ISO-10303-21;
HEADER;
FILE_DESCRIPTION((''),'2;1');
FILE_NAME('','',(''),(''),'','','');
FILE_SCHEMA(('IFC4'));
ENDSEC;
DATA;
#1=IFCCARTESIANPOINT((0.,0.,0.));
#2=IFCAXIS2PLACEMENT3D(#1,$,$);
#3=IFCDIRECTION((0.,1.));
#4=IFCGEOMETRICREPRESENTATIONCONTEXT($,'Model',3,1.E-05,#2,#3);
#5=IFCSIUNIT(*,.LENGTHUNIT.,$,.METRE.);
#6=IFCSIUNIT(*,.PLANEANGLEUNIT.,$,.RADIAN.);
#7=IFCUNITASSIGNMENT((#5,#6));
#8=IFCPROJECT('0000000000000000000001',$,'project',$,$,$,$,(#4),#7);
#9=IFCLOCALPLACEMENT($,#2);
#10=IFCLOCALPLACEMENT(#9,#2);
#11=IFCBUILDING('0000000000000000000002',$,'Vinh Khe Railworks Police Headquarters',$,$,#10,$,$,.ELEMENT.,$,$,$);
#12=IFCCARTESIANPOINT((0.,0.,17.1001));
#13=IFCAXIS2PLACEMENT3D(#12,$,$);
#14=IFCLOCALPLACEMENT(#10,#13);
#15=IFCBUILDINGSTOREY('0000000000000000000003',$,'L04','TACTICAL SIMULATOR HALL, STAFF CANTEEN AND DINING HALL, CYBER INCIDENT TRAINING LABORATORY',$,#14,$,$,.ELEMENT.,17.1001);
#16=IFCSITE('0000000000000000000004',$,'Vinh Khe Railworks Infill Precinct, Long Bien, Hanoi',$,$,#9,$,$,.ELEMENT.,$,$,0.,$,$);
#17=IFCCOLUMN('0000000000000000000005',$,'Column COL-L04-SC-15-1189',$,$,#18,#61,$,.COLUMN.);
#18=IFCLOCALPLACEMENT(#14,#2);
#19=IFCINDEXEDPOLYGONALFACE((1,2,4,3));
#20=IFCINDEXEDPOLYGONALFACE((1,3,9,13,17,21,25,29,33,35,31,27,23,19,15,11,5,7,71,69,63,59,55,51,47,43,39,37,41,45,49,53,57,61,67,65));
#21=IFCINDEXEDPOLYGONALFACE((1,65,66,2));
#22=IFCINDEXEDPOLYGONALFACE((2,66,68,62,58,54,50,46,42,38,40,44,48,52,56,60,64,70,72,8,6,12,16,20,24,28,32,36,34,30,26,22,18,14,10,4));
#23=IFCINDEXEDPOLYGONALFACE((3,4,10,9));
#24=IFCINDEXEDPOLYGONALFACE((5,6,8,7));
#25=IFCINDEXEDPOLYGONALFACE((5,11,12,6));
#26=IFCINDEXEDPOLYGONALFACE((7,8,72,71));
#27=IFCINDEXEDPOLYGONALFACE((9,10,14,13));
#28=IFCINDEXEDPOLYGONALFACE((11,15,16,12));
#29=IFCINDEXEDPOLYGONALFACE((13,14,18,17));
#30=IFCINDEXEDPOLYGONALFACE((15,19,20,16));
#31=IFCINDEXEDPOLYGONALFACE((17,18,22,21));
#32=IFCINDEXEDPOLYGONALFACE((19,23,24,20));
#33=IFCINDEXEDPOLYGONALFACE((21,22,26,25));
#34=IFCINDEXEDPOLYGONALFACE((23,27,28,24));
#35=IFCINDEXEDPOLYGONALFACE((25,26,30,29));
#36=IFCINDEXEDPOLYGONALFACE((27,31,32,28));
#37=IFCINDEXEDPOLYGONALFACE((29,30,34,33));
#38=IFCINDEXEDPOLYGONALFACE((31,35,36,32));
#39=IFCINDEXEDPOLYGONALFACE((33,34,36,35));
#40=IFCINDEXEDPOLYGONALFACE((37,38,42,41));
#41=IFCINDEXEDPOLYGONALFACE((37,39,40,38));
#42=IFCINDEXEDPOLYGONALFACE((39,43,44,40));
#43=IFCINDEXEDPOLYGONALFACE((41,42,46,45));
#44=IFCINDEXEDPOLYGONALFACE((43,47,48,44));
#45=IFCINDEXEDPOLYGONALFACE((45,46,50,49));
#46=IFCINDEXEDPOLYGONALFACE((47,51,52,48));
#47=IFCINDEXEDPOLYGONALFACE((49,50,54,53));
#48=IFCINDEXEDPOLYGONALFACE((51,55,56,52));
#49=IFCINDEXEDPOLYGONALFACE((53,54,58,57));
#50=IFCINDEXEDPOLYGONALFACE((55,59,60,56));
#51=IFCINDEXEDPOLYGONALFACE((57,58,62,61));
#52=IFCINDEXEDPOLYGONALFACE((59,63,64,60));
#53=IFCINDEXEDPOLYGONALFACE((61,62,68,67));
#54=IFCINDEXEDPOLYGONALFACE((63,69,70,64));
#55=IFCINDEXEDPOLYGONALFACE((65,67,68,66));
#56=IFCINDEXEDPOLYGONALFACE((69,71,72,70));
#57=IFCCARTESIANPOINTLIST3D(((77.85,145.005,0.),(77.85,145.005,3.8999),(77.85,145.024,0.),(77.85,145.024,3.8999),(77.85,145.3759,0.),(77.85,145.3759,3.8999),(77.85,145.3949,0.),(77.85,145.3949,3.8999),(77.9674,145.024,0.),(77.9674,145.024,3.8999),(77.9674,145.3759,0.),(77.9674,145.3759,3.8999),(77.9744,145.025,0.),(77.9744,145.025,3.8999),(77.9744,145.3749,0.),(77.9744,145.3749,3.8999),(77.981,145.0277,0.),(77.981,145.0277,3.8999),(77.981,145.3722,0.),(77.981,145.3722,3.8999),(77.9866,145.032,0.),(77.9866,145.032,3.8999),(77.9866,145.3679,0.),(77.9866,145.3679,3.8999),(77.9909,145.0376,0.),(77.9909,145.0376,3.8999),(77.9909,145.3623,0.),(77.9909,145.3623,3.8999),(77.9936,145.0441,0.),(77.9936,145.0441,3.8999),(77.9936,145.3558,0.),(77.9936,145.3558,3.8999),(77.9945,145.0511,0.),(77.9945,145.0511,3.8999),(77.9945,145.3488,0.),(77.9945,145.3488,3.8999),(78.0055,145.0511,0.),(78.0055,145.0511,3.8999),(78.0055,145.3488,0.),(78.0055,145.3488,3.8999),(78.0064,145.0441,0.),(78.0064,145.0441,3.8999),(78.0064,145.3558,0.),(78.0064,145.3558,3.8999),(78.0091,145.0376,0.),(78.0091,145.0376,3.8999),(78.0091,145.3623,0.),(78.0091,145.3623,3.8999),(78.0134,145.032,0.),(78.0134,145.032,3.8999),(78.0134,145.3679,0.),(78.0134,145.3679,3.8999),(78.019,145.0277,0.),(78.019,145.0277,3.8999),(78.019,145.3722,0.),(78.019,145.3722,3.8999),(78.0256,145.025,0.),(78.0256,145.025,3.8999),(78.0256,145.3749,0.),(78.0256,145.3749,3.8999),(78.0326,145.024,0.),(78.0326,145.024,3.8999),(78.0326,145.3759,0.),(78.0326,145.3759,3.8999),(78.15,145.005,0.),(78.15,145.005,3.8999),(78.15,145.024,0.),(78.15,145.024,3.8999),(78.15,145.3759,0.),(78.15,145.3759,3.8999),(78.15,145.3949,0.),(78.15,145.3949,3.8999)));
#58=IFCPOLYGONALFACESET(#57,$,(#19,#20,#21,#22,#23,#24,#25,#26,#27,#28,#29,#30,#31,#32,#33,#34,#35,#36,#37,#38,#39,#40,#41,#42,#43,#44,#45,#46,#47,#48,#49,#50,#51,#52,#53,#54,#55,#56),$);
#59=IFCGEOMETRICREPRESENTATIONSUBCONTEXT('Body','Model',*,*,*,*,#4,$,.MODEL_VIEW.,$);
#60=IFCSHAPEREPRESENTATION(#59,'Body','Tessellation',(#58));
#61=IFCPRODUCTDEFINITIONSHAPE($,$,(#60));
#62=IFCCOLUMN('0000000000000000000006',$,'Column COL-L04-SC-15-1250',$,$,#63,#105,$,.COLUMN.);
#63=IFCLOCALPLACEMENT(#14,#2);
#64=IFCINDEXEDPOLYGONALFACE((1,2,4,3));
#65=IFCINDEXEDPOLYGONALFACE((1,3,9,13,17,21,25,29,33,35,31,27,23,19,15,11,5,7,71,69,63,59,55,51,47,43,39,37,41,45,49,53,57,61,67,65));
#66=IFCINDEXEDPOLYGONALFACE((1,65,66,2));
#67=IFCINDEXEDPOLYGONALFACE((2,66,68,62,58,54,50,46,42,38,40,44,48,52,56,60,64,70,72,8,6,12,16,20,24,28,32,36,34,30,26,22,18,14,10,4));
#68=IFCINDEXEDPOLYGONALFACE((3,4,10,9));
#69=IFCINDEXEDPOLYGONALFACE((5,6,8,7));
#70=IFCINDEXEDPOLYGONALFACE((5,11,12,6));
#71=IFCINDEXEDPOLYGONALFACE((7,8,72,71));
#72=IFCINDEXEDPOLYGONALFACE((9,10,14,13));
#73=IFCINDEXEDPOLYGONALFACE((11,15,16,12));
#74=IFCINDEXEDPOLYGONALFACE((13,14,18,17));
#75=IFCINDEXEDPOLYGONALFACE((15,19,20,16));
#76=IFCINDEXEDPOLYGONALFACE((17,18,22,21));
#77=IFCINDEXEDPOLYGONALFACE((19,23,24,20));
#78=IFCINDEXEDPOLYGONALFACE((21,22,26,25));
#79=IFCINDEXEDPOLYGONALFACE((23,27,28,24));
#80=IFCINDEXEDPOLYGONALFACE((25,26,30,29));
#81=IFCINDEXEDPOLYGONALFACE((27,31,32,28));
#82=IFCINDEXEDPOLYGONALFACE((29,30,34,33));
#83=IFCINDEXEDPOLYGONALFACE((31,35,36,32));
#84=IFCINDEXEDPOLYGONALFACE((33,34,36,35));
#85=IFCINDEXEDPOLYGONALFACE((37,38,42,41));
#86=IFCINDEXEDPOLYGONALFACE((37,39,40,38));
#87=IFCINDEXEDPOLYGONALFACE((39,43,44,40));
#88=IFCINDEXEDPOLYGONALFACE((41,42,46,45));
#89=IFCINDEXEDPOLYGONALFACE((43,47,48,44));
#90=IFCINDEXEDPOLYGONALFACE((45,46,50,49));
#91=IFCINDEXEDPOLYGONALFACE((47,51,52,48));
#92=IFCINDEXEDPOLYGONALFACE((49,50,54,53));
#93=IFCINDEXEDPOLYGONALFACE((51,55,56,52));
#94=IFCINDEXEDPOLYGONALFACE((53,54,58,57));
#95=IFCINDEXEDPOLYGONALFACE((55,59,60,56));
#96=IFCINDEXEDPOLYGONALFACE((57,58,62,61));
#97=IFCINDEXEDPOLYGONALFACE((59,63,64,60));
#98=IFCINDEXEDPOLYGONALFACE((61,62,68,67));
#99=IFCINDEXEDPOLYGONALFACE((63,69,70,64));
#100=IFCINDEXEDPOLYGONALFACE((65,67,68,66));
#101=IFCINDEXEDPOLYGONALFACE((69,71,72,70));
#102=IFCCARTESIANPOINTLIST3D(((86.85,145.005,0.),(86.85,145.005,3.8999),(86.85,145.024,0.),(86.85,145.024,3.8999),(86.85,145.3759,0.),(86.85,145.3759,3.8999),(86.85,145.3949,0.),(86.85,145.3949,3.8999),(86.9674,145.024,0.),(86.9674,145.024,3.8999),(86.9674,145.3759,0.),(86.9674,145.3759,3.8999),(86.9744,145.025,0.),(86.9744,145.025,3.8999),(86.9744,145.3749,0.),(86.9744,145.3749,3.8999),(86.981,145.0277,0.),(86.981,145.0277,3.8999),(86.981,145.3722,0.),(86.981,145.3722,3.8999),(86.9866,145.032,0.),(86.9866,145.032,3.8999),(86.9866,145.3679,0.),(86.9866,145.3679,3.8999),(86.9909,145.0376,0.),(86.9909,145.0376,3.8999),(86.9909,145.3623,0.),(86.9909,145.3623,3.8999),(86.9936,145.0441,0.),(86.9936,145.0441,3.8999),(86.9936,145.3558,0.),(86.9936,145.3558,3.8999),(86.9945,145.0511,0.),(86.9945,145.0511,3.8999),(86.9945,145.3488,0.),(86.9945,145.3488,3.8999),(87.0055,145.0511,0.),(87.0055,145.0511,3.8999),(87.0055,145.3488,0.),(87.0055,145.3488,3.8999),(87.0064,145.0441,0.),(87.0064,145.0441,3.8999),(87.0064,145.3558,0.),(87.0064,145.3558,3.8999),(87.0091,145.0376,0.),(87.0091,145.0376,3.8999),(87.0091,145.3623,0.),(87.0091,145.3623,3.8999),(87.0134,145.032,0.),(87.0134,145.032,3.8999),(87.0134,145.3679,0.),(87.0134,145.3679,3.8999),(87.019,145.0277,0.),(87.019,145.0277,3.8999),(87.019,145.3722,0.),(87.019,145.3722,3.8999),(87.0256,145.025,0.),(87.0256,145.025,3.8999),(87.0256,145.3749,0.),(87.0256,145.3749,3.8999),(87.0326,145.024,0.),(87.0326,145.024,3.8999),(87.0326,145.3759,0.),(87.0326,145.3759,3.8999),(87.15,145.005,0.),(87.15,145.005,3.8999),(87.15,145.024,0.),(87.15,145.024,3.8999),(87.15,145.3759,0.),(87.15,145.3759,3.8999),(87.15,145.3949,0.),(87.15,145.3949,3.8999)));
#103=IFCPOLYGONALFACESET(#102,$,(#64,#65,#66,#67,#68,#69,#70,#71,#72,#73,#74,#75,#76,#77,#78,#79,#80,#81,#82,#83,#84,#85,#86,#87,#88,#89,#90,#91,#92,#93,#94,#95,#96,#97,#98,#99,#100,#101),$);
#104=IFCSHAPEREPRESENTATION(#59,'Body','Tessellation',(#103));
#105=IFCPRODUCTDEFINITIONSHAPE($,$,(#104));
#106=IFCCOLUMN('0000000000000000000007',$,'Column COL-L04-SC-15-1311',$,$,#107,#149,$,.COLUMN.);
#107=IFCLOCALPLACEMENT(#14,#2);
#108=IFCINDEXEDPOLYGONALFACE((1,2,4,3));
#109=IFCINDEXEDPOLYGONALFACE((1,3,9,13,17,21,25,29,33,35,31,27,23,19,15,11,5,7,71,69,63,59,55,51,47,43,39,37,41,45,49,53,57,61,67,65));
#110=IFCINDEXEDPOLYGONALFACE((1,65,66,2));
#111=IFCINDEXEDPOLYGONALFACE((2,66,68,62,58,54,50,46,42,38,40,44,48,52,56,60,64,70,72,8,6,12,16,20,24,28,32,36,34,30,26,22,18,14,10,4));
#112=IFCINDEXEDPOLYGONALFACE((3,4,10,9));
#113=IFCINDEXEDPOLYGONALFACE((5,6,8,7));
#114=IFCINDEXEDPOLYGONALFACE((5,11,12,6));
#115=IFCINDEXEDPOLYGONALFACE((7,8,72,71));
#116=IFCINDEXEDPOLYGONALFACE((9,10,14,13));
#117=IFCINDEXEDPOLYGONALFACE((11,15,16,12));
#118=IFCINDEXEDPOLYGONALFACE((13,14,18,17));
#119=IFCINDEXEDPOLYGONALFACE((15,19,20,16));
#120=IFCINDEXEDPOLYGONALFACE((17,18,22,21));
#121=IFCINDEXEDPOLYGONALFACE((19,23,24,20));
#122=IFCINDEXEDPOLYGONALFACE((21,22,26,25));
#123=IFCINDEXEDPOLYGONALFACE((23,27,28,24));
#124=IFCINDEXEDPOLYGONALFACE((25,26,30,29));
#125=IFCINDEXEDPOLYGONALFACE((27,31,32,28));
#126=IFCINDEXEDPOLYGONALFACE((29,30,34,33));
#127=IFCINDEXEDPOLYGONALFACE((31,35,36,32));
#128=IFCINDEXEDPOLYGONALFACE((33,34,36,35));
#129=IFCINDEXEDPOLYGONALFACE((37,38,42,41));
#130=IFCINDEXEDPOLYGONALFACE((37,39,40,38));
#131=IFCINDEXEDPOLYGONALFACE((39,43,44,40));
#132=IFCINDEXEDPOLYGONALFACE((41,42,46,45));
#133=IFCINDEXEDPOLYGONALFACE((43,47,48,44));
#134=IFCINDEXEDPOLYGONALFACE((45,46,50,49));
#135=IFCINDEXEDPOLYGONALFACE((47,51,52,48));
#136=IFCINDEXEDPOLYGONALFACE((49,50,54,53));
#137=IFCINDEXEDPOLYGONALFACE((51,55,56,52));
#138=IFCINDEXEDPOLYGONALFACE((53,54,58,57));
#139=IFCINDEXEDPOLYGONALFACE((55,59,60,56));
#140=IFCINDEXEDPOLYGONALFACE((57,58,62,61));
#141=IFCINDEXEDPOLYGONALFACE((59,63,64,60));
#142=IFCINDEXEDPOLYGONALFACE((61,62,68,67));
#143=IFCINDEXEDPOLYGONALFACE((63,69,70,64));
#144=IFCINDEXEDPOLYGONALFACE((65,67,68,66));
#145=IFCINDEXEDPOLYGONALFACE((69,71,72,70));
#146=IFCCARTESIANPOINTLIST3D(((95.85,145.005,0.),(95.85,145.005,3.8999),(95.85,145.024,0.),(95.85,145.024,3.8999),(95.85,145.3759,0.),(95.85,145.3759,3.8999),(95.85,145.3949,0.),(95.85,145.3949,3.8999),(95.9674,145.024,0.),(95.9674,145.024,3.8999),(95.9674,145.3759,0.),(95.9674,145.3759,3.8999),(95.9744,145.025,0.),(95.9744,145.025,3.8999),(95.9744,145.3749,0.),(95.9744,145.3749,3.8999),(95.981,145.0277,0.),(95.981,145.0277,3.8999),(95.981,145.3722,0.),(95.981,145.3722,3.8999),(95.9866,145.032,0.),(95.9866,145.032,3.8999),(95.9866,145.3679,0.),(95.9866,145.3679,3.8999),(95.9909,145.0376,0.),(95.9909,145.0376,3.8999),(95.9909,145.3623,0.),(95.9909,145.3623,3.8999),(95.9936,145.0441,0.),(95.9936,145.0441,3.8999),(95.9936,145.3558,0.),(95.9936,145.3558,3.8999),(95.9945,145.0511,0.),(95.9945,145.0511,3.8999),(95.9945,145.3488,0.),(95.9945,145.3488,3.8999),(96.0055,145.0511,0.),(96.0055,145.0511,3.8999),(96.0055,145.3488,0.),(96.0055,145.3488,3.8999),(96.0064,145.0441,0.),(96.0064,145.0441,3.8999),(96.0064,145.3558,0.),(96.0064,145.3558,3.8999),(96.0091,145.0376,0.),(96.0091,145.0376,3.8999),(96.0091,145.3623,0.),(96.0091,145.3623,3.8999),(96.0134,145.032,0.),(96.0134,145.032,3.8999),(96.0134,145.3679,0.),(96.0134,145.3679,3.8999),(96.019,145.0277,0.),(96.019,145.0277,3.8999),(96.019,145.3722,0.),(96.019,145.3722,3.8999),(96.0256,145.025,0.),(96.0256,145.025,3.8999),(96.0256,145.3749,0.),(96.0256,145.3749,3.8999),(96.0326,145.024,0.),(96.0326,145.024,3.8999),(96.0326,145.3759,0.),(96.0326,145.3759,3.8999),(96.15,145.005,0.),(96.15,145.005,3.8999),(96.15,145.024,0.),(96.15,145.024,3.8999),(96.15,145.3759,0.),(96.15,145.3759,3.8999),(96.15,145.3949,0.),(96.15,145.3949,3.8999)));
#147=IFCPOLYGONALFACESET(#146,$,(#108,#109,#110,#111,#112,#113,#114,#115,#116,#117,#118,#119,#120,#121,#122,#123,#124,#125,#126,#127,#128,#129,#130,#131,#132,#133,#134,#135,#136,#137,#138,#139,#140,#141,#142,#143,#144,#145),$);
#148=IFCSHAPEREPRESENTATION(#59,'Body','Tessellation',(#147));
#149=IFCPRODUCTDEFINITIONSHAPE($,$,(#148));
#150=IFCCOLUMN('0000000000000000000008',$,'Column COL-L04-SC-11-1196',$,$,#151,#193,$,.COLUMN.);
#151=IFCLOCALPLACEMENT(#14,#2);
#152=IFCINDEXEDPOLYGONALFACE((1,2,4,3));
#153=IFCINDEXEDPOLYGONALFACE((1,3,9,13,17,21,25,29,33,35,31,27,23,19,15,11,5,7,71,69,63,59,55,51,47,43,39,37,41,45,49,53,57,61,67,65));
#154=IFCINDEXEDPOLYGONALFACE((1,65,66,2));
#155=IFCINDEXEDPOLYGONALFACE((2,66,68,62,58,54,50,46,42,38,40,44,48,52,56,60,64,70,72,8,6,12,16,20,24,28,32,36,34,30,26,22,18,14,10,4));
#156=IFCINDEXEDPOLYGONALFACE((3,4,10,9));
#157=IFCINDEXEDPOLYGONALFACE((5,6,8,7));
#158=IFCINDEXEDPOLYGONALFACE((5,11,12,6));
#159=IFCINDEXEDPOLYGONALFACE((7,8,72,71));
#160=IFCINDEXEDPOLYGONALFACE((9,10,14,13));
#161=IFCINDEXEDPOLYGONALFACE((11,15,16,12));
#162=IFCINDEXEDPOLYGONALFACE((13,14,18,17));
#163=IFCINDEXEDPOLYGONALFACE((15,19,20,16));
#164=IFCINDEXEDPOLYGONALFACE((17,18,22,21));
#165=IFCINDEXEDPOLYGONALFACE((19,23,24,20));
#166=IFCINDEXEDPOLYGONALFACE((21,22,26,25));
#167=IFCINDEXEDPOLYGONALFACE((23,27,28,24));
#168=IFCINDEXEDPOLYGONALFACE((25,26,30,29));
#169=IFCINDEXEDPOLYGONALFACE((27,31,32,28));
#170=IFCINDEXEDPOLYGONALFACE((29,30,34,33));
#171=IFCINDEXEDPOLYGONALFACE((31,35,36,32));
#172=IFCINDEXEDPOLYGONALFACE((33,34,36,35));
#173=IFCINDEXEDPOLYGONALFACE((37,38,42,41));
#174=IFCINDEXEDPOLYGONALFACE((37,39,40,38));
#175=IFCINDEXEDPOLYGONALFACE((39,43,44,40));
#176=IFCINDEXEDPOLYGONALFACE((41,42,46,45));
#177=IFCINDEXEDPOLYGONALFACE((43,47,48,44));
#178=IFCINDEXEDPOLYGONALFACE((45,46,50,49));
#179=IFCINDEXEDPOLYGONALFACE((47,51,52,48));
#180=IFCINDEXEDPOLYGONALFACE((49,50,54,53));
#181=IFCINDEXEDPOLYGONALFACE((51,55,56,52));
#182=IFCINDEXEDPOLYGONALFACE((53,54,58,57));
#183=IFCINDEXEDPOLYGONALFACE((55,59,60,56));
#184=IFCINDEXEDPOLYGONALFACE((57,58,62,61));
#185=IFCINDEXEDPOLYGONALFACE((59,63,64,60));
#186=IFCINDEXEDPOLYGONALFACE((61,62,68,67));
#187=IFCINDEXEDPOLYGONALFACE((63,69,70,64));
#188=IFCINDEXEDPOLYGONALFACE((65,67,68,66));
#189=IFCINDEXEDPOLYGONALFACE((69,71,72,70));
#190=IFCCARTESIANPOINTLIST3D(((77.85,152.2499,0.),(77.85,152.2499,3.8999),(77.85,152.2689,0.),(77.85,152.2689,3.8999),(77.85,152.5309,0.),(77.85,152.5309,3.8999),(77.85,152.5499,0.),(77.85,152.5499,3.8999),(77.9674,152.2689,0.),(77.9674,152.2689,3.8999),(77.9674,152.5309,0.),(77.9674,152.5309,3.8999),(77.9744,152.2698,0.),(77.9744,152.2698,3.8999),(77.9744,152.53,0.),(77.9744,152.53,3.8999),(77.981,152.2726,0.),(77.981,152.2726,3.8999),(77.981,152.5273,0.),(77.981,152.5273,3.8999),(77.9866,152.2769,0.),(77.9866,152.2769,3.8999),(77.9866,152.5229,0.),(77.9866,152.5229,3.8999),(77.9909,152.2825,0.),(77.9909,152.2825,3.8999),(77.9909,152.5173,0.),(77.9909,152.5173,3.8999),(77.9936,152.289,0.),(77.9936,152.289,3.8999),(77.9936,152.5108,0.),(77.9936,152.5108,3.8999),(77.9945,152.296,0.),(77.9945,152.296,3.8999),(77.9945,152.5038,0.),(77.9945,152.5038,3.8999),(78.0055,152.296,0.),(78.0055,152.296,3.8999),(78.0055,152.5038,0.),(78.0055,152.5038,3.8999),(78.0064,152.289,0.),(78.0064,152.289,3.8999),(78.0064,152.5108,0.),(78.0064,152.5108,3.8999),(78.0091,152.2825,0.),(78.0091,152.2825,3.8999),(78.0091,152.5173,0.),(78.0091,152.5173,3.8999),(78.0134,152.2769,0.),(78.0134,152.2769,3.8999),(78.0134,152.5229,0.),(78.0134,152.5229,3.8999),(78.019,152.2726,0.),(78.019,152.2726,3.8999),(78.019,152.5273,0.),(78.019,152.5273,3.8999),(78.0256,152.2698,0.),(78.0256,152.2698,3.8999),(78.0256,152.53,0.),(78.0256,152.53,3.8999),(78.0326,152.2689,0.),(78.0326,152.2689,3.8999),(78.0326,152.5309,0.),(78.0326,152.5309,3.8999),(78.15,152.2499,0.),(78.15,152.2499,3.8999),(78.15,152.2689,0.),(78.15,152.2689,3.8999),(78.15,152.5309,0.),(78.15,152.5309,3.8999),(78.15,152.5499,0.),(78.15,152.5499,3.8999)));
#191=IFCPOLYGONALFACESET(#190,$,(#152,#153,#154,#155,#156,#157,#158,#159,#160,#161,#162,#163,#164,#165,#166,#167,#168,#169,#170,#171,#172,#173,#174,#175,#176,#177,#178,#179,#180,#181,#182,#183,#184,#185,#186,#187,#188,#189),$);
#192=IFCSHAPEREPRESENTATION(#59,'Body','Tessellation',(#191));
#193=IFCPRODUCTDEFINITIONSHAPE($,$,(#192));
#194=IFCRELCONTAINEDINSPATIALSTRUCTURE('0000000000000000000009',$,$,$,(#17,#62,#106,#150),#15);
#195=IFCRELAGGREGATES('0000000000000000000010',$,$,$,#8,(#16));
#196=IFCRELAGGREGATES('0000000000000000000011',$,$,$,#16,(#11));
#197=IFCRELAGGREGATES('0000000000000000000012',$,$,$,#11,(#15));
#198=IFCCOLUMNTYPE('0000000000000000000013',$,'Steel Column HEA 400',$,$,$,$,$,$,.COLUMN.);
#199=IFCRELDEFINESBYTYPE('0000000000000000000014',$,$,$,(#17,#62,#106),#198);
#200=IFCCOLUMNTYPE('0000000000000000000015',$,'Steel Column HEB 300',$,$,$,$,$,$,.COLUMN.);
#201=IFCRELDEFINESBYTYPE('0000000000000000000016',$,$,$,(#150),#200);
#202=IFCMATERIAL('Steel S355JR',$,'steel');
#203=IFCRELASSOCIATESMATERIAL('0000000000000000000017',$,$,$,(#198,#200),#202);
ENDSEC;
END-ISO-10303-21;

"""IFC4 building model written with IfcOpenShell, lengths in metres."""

from ifc_helpers import new_model, si_unit, direction, frame, origin, origin_2d, place, context, subcontext, project, spatial, i_section, extrude, material, material_profile, profile_set, type_object, element, save


model = new_model("IFC4")

# Units and contexts
model_context = context("Model", 3, precision=1e-05, world=origin(), true_north=direction((0.0, 1.0)))
body_context = subcontext(model_context, "Body", "Model", "MODEL_VIEW")
ifc_project = project(units=[si_unit("LENGTHUNIT", "METRE"), si_unit("PLANEANGLEUNIT", "RADIAN")], contexts=[model_context])

# Site, building, storey
site_placement = place(None, origin())
site = spatial("IfcSite", under=ifc_project, at=site_placement, Name="Vinh Khe Railworks Infill Precinct, Long Bien, Hanoi", CompositionType="ELEMENT", RefElevation=0.0)
building_placement = place(site_placement, origin())
building = spatial("IfcBuilding", under=site, at=building_placement, Name="Vinh Khe Railworks Police Headquarters", CompositionType="ELEMENT")
storey_placement = place(building_placement, frame((0.0, 0.0, 17.1001)))
storey = spatial("IfcBuildingStorey", under=building, at=storey_placement, Name="L04", Description="TACTICAL SIMULATOR HALL, STAFF CANTEEN AND DINING HALL, CYBER INCIDENT TRAINING LABORATORY", CompositionType="ELEMENT", Elevation=17.1001)

# Columns
ifc_material_1 = material(Name="Steel S355JR", Category="steel")
ifc_material_profile_1 = material_profile(ifc_material_1, i_section(OverallWidth=0.3, OverallDepth=0.3899, WebThickness=0.011, FlangeThickness=0.019, FilletRadius=0.0271, at=origin_2d()), Name="HEA 400")
ifc_profile_set_1 = profile_set([ifc_material_profile_1], Name="Steel S355JR")
column_type_1 = type_object("IfcColumnType", Name="Steel Column HEA 400", PredefinedType="COLUMN", material=ifc_profile_set_1)
for number, where, z_axis, x_axis, name in (
    (1, (78.0, 145.2, 0.0), (0.0, 0.0, 1.0), (1.0, 0.0, 0.0), "Column COL-L04-SC-15-1189"),
    (2, (87.0, 145.2, 0.0), (0.0, 0.0, 1.0), (1.0, 0.0, 0.0), "Column COL-L04-SC-15-1250"),
    (3, (96.0, 145.2, 0.0), (0.0, 0.0, 1.0), (1.0, 0.0, 0.0), "Column COL-L04-SC-15-1311"),
):
    element("IfcColumn", number, at=place(storey_placement, frame(where, z_axis=z_axis, x_axis=x_axis)), inside=storey, type_object=column_type_1, Name=name, PredefinedType="COLUMN", context=body_context, shape_type="SweptSolid", body=[
        extrude(i_section(OverallWidth=0.3, OverallDepth=0.3899, WebThickness=0.011, FlangeThickness=0.019, FilletRadius=0.0271, at=origin_2d()), origin(), (0.0, 0.0, 1.0), 3.8999),
    ])
ifc_material_profile_2 = material_profile(ifc_material_1, i_section(OverallWidth=0.3, OverallDepth=0.3, WebThickness=0.011, FlangeThickness=0.019, FilletRadius=0.0271, at=origin_2d()), Name="HEB 300")
ifc_profile_set_2 = profile_set([ifc_material_profile_2], Name="Steel S355JR")
column_type_2 = type_object("IfcColumnType", Name="Steel Column HEB 300", PredefinedType="COLUMN", material=ifc_profile_set_2)
for number, where, z_axis, x_axis, name in (
    (4, (78.0, 152.3999, 0.0), (0.0, 0.0, 1.0), (1.0, 0.0, 0.0), "Column COL-L04-SC-11-1196"),
):
    element("IfcColumn", number, at=place(storey_placement, frame(where, z_axis=z_axis, x_axis=x_axis)), inside=storey, type_object=column_type_2, Name=name, PredefinedType="COLUMN", context=body_context, shape_type="SweptSolid", body=[
        extrude(i_section(OverallWidth=0.3, OverallDepth=0.3, WebThickness=0.011, FlangeThickness=0.019, FilletRadius=0.0271, at=origin_2d()), origin(), (0.0, 0.0, 1.0), 3.8999),
    ])

save(model, "model.ifc")
